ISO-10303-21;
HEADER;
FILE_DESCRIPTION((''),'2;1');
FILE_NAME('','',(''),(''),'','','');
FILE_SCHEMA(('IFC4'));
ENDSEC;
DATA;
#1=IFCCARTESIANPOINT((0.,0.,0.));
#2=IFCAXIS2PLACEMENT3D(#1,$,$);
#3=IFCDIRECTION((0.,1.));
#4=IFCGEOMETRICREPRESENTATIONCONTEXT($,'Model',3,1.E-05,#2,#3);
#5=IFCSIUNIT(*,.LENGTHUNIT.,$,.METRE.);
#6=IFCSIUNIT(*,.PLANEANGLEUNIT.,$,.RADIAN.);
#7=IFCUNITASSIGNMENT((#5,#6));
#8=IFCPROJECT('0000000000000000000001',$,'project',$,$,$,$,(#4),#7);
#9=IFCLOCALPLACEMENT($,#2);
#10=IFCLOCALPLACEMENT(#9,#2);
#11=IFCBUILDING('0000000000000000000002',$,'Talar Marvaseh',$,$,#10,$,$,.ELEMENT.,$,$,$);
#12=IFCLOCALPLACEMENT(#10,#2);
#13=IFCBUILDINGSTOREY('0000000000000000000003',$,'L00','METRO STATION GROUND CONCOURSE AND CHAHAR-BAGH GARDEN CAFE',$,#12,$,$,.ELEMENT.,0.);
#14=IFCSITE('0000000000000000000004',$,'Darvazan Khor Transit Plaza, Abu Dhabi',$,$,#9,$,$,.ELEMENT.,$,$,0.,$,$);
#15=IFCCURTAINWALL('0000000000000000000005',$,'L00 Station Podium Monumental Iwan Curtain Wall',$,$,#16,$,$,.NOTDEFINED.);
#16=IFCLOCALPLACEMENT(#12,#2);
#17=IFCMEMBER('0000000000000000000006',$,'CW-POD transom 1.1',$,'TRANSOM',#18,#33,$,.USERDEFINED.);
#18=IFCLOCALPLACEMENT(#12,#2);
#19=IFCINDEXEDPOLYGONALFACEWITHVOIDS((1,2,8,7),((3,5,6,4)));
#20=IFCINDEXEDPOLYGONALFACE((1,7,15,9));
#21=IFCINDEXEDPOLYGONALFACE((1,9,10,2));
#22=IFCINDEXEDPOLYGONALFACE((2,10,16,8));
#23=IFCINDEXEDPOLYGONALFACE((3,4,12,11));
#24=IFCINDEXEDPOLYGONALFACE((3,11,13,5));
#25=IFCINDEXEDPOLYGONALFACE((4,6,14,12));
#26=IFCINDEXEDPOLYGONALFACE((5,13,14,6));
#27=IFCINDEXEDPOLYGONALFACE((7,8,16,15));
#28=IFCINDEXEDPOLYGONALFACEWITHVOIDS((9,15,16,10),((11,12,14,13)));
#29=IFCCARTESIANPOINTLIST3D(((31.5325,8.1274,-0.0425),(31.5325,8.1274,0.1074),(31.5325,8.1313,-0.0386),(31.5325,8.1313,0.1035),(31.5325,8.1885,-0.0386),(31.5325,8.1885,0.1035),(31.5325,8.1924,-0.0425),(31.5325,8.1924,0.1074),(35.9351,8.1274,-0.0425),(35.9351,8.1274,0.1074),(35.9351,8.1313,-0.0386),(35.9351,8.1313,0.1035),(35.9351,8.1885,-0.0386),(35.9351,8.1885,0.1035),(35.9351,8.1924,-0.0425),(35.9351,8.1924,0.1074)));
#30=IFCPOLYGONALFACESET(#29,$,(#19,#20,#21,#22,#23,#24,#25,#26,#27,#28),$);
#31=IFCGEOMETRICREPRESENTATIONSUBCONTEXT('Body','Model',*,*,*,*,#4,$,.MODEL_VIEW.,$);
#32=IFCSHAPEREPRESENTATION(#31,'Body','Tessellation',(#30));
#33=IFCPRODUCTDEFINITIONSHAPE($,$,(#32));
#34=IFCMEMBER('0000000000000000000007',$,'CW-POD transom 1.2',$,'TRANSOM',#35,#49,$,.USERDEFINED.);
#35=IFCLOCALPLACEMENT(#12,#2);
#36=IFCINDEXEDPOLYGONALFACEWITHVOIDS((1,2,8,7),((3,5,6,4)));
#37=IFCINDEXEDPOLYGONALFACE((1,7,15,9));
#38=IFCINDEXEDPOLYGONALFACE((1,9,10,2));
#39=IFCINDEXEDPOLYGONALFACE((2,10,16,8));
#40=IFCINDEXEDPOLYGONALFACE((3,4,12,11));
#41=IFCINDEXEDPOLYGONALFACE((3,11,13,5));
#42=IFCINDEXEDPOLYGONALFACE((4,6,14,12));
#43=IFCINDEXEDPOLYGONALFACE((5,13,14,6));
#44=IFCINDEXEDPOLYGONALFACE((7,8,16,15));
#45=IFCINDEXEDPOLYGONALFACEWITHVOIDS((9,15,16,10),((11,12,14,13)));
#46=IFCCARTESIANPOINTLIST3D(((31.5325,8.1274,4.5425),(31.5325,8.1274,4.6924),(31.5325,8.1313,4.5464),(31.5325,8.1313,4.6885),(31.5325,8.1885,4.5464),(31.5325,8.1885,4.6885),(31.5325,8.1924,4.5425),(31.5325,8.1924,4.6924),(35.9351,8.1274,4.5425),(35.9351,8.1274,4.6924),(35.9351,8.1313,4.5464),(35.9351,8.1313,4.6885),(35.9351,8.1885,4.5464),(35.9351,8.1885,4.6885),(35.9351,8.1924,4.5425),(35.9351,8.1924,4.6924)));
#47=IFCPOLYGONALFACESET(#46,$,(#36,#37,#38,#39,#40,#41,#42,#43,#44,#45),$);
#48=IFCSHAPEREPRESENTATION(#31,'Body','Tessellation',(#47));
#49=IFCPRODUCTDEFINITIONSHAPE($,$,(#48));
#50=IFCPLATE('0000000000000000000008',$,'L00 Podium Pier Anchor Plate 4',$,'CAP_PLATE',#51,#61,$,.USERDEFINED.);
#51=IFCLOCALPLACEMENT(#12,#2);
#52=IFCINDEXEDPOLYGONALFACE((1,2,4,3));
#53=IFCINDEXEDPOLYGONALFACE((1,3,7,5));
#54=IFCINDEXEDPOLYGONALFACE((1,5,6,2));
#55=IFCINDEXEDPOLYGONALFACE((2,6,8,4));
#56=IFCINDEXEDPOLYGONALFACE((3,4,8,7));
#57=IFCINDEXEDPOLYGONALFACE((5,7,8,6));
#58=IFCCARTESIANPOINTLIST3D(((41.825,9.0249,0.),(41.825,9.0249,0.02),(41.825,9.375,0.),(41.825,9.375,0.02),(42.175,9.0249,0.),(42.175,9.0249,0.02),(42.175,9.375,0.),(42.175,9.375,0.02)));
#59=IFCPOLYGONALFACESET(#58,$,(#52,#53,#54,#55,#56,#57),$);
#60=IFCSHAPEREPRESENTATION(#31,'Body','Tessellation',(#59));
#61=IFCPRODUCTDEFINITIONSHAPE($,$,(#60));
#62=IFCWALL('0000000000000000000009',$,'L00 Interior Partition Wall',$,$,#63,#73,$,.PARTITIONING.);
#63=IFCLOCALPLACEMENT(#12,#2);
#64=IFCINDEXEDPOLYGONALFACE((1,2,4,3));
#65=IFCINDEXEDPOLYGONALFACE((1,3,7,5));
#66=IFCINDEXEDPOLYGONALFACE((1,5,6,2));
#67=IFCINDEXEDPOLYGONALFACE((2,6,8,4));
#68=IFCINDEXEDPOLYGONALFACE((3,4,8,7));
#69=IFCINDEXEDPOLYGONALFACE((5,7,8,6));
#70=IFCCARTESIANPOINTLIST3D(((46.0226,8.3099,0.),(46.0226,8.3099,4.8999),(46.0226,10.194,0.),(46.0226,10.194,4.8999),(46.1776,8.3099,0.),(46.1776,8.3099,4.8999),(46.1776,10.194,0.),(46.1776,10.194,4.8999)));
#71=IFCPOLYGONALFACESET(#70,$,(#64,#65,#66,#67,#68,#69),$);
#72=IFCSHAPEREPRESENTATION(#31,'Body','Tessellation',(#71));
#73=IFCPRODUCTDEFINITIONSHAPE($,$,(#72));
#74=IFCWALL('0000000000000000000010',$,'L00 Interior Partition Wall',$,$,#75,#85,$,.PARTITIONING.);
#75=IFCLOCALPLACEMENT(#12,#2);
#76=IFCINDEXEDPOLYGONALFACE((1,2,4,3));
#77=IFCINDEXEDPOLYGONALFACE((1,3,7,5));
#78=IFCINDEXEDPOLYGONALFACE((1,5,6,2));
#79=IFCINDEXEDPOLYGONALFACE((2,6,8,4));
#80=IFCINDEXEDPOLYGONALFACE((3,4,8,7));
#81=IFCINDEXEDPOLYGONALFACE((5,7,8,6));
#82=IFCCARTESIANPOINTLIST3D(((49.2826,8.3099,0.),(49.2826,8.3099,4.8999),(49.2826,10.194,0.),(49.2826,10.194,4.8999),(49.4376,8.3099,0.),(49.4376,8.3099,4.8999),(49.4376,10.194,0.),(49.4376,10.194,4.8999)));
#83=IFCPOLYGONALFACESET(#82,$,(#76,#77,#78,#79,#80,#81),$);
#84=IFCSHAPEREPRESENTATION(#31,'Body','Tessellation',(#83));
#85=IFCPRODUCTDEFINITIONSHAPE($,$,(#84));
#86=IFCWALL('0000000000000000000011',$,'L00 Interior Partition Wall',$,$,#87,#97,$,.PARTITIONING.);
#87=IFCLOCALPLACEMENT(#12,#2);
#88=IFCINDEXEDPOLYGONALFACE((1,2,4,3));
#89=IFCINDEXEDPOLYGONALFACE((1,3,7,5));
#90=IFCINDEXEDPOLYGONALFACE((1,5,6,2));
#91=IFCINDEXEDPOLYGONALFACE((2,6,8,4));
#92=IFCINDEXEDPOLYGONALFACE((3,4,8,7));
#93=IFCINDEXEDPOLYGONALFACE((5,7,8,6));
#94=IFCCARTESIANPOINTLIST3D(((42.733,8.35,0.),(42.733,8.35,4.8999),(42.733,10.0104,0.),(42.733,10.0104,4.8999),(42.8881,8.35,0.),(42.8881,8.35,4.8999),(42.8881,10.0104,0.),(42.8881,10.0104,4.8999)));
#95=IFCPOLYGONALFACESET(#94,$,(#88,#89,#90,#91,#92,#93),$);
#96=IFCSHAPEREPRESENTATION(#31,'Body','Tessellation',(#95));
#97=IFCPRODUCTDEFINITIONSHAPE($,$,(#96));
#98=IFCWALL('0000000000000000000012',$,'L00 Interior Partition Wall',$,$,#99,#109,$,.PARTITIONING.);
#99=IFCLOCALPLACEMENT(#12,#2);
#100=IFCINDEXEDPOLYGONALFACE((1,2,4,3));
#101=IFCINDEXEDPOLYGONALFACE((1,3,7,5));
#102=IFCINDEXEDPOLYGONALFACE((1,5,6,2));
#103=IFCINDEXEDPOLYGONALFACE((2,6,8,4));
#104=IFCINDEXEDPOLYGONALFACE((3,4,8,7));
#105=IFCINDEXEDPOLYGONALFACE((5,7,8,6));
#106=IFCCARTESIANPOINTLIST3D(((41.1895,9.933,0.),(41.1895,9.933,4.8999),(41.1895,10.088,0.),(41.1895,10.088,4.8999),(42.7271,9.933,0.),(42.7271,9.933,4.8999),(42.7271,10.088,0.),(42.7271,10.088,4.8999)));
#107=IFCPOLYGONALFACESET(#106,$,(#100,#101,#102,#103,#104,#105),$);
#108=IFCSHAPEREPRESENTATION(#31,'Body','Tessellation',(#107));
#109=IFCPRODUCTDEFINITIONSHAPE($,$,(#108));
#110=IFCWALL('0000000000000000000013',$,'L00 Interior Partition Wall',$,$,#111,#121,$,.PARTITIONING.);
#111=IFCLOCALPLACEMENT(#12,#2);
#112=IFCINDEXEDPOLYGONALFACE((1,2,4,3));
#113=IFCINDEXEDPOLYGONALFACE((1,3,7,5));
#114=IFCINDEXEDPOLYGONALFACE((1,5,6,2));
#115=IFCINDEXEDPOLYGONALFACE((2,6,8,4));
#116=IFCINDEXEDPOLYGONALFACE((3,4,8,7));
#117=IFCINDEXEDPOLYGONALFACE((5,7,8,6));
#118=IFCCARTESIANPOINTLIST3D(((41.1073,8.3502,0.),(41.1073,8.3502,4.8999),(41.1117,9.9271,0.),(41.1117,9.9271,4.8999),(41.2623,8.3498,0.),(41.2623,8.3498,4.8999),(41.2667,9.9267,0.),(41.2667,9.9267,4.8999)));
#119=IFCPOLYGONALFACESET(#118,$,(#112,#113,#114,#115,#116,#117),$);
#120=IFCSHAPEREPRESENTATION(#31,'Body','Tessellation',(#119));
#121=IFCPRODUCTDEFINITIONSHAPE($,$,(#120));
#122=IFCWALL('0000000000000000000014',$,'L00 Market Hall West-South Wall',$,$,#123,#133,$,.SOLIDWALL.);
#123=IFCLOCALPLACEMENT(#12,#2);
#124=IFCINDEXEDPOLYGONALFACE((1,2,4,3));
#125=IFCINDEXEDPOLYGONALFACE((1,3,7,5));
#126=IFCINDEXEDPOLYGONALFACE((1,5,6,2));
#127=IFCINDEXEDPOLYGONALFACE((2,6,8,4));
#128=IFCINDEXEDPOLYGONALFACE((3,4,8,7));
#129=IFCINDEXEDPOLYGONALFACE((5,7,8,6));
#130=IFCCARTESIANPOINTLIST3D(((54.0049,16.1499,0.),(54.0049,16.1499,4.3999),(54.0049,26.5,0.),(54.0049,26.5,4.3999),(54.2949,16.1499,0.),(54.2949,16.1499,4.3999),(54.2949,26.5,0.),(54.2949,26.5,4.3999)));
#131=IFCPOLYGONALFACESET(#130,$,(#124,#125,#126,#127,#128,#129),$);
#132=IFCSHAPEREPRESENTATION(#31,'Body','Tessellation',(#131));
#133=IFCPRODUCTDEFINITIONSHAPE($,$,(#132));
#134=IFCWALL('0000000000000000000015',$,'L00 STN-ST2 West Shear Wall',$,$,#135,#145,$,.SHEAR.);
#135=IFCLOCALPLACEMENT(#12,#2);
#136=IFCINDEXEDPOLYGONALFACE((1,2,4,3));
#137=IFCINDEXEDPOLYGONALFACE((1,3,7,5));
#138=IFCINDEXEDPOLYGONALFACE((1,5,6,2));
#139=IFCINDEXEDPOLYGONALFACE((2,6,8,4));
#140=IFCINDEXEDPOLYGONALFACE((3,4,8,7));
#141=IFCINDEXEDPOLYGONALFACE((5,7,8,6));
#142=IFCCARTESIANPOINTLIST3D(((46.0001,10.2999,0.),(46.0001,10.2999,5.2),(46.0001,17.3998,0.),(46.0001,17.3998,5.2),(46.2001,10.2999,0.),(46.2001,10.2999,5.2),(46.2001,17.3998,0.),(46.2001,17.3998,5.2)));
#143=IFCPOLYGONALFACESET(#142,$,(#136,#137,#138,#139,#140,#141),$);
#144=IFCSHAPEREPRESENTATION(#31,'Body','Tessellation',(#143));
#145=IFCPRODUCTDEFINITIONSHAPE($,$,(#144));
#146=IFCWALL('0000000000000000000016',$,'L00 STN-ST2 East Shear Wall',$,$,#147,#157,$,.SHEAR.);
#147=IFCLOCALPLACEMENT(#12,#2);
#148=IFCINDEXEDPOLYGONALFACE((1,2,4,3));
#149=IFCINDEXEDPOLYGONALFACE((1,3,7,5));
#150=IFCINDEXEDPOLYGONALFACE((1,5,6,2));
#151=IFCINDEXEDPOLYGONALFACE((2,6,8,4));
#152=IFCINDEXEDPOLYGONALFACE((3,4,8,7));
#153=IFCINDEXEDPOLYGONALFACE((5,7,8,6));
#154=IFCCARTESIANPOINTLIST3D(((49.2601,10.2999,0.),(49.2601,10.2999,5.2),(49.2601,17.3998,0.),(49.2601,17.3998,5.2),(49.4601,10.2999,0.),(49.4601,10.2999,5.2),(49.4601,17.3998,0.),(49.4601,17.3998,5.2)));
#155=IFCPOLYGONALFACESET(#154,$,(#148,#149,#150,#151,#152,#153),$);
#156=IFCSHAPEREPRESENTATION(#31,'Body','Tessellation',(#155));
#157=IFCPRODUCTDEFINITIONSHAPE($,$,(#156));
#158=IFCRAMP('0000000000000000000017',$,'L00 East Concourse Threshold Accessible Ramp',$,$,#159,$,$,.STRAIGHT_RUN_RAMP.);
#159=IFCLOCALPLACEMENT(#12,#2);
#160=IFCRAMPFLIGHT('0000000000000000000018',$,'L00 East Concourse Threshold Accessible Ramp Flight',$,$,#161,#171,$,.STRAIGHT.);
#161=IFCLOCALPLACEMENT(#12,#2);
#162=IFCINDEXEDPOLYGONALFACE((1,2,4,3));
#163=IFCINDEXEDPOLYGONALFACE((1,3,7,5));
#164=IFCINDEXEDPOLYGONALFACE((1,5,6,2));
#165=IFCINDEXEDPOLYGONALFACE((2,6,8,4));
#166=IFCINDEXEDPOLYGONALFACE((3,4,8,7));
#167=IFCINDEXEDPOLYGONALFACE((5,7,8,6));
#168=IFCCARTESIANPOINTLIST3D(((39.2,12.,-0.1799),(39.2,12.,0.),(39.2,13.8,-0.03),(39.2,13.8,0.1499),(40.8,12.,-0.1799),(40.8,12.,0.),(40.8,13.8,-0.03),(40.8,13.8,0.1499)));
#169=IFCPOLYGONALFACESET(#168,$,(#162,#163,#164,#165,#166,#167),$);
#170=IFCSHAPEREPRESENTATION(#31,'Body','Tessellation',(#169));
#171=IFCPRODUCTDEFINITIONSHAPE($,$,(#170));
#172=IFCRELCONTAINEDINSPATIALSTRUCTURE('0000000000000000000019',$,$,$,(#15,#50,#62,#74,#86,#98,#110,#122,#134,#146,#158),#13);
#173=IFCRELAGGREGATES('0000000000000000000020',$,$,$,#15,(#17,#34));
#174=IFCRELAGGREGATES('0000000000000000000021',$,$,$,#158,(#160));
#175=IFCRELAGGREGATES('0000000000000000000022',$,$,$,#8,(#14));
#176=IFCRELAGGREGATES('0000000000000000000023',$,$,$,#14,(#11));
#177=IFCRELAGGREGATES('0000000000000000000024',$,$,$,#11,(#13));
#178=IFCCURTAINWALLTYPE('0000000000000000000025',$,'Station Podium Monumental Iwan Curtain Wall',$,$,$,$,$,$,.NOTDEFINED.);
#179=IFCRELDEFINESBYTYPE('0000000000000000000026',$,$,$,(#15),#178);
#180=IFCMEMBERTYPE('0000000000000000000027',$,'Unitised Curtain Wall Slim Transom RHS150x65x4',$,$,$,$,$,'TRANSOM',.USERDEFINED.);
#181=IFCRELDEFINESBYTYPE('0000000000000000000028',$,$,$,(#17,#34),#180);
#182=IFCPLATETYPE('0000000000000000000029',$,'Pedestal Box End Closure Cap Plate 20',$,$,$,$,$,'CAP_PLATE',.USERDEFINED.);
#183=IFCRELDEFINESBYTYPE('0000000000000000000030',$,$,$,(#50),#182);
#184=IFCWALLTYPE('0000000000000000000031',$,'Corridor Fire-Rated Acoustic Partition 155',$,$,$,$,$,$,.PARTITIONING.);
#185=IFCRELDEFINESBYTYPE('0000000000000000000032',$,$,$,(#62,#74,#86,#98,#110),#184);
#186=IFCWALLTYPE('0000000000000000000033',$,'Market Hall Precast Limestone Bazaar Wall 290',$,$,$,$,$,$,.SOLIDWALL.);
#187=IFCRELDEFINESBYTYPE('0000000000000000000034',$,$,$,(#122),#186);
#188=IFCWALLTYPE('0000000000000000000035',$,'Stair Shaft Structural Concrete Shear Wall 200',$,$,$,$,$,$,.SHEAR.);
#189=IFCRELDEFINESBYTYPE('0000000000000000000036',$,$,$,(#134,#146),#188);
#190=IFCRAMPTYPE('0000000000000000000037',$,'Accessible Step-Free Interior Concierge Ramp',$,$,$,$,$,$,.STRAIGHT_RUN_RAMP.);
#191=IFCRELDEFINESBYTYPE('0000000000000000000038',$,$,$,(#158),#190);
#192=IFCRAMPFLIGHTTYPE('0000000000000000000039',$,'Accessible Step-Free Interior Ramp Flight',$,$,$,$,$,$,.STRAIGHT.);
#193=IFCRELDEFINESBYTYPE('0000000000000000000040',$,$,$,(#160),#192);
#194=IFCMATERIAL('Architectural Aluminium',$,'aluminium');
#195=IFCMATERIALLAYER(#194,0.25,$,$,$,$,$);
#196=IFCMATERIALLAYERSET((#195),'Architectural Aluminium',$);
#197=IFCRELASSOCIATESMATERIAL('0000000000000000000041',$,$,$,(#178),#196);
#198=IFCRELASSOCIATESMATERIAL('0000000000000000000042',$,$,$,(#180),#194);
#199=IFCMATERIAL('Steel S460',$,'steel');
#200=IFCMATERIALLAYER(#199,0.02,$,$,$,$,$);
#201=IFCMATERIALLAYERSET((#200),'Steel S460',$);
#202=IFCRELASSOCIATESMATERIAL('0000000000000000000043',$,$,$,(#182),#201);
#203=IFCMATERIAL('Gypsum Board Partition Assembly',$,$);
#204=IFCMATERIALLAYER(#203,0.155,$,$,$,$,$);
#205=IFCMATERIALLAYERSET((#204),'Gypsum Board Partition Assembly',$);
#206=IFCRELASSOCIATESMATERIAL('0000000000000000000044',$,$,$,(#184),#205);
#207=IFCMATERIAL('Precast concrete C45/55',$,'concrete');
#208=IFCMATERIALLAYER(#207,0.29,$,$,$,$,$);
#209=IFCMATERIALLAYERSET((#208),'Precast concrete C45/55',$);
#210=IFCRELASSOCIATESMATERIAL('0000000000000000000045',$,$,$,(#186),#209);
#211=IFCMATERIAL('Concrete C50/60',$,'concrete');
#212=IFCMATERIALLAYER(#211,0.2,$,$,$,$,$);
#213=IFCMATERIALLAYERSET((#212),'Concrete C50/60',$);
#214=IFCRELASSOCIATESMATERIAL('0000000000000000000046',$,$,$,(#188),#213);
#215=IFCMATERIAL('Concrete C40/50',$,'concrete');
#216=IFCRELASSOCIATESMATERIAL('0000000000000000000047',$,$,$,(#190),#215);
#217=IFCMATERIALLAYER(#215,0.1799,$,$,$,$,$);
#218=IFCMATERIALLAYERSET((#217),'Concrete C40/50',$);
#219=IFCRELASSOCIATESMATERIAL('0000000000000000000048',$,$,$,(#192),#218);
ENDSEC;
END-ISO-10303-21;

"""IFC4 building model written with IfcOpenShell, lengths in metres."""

from ifc_helpers import new_model, si_unit, direction, frame, frame_2d, origin, origin_2d, place, context, subcontext, project, spatial, polyline, rectangle, hollow_rectangle, outline, extrude, source, transform, mapped, material, layer, layer_set, material_profile, profile_set, type_object, type_shapes, element, aggregate, save


model = new_model("IFC4")

# Units and contexts
model_context = context("Model", 3, precision=1e-05, world=origin(), true_north=direction((0.0, 1.0)))
body_context = subcontext(model_context, "Body", "Model", "MODEL_VIEW")
ifc_project = project(units=[si_unit("LENGTHUNIT", "METRE"), si_unit("PLANEANGLEUNIT", "RADIAN")], contexts=[model_context])

# Site, building, storey
site_placement = place(None, origin())
site = spatial("IfcSite", under=ifc_project, at=site_placement, Name="Darvazan Khor Transit Plaza, Abu Dhabi", CompositionType="ELEMENT", RefElevation=0.0)
building_placement = place(site_placement, origin())
building = spatial("IfcBuilding", under=site, at=building_placement, Name="Talar Marvaseh", CompositionType="ELEMENT")
storey_placement = place(building_placement, origin())
storey = spatial("IfcBuildingStorey", under=building, at=storey_placement, Name="L00", Description="METRO STATION GROUND CONCOURSE AND CHAHAR-BAGH GARDEN CAFE", CompositionType="ELEMENT", Elevation=0.0)

# Shared definitions
ifc_material_1 = material(Name="Concrete C40/50", Category="concrete")

# Shared definitions
ifc_material_2 = material(Name="Steel S460", Category="steel")

# Curtain wall, members
ifc_material_3 = material(Name="Architectural Aluminium", Category="aluminium")
ifc_layer_1 = layer(ifc_material_3, 0.25)
ifc_layer_set_1 = layer_set([ifc_layer_1], Name="Architectural Aluminium")
curtain_wall_type = type_object("IfcCurtainWallType", Name="Station Podium Monumental Iwan Curtain Wall", PredefinedType="NOTDEFINED", material=ifc_layer_set_1)
curtain_wall_placement = place(storey_placement, origin())
curtain_wall = element("IfcCurtainWall", 1, at=curtain_wall_placement, inside=storey, type_object=curtain_wall_type, Name="L00 Station Podium Monumental Iwan Curtain Wall", PredefinedType="NOTDEFINED")
ifc_material_profile_1 = material_profile(ifc_material_3, hollow_rectangle(XDim=0.0649, YDim=0.1499, WallThickness=0.0039, at=origin_2d()), Name="RHS150x65x4")
ifc_profile_set_1 = profile_set([ifc_material_profile_1], Name="Architectural Aluminium")
member_type_1 = type_object("IfcMemberType", Name="Unitised Curtain Wall Slim Transom RHS150x65x4", ElementType="TRANSOM", PredefinedType="USERDEFINED", material=ifc_profile_set_1)
shared_shape_1 = source(origin(), body_context, "Body", "SweptSolid", [
    extrude(hollow_rectangle(XDim=0.0649, YDim=0.1499, WallThickness=0.0039, at=origin_2d()), origin(), (0.0, 0.0, 1.0), 4.4026),
])
type_shapes(member_type_1, [shared_shape_1])
member_1_placement = place(storey_placement, frame((35.9351, 8.1599, 0.0325), z_axis=(-1.0, 0.0, 0.0), x_axis=(0.0, -1.0, 0.0)))
member_1 = element("IfcMember", 2, at=member_1_placement, type_object=member_type_1, Name="CW-POD transom 1.1", ObjectType="TRANSOM", PredefinedType="USERDEFINED", context=body_context, shape_type="MappedRepresentation", body=[
    mapped(shared_shape_1, transform((0.0, 0.0, 0.0), x_axis=(1.0, 0.0, 0.0), y_axis=(0.0, 1.0, 0.0), z_axis=(0.0, 0.0, 1.0), scale=1.0)),
])
member_2_placement = place(storey_placement, frame((35.9351, 8.1599, 4.6174), z_axis=(-1.0, 0.0, 0.0), x_axis=(0.0, -1.0, 0.0)))
member_2 = element("IfcMember", 3, at=member_2_placement, type_object=member_type_1, Name="CW-POD transom 1.2", ObjectType="TRANSOM", PredefinedType="USERDEFINED", context=body_context, shape_type="MappedRepresentation", body=[
    mapped(shared_shape_1, transform((0.0, 0.0, 0.0), x_axis=(1.0, 0.0, 0.0), y_axis=(0.0, 1.0, 0.0), z_axis=(0.0, 0.0, 1.0), scale=1.0)),
])
aggregate(curtain_wall, [member_1, member_2])

# Plate
ifc_layer_2 = layer(ifc_material_2, 0.02)
ifc_layer_set_2 = layer_set([ifc_layer_2], Name="Steel S460")
plate_type = type_object("IfcPlateType", Name="Pedestal Box End Closure Cap Plate 20", ElementType="CAP_PLATE", PredefinedType="USERDEFINED", material=ifc_layer_set_2)
shared_shape_2 = source(origin(), body_context, "Body", "SweptSolid", [
    extrude(rectangle(XDim=0.3501, YDim=0.3501, at=origin_2d()), origin(), (0.0, 0.0, 1.0), 0.02),
])
type_shapes(plate_type, [shared_shape_2])
plate_placement = place(storey_placement, frame((42.0, 9.2, 0.0), z_axis=(0.0, 0.0, 1.0), x_axis=(1.0, 0.0, 0.0)))
element("IfcPlate", 4, at=plate_placement, inside=storey, type_object=plate_type, Name="L00 Podium Pier Anchor Plate 4", ObjectType="CAP_PLATE", PredefinedType="USERDEFINED", context=body_context, shape_type="MappedRepresentation", body=[
    mapped(shared_shape_2, transform((0.0, 0.0, 0.0), x_axis=(1.0, 0.0, 0.0), y_axis=(0.0, 1.0, 0.0), z_axis=(0.0, 0.0, 1.0), scale=1.0)),
])

# Shared definitions
ifc_material_4 = material(Name="Precast concrete C45/55", Category="concrete")

# Walls
ifc_material_5 = material(Name="Gypsum Board Partition Assembly")
ifc_layer_3 = layer(ifc_material_5, 0.155)
ifc_layer_set_3 = layer_set([ifc_layer_3], Name="Gypsum Board Partition Assembly")
wall_type_1 = type_object("IfcWallType", Name="Corridor Fire-Rated Acoustic Partition 155", PredefinedType="PARTITIONING", material=ifc_layer_set_3)
for number, where, z_axis, x_axis, name in (
    (5, (46.1001, 8.3101, 0.0), (0.0, 0.0, 1.0), (0.0, 1.0, 0.0), "L00 Interior Partition Wall"),
    (6, (49.3601, 8.3101, 0.0), (0.0, 0.0, 1.0), (0.0, 1.0, 0.0), "L00 Interior Partition Wall"),
):
    element("IfcWall", number, at=place(storey_placement, frame(where, z_axis=z_axis, x_axis=x_axis)), inside=storey, type_object=wall_type_1, Name=name, PredefinedType="PARTITIONING", context=body_context, shape_type="SweptSolid", body=[
        extrude(rectangle(XDim=1.884, YDim=0.155, at=frame_2d((0.9419, 0.0))), origin(), (0.0, 0.0, 1.0), 4.8999),
    ])
wall_1_placement = place(storey_placement, frame((42.8105, 8.3501, 0.0), z_axis=(0.0, 0.0, 1.0), x_axis=(0.0, 1.0, 0.0)))
element("IfcWall", 7, at=wall_1_placement, inside=storey, type_object=wall_type_1, Name="L00 Interior Partition Wall", PredefinedType="PARTITIONING", context=body_context, shape_type="SweptSolid", body=[
    extrude(rectangle(XDim=1.6604, YDim=0.155, at=frame_2d((0.8301, 0.0))), origin(), (0.0, 0.0, 1.0), 4.8999),
])
wall_2_placement = place(storey_placement, frame((42.7271, 10.0105, 0.0), z_axis=(0.0, 0.0, 1.0), x_axis=(-1.0, 0.0, 0.0)))
element("IfcWall", 8, at=wall_2_placement, inside=storey, type_object=wall_type_1, Name="L00 Interior Partition Wall", PredefinedType="PARTITIONING", context=body_context, shape_type="SweptSolid", body=[
    extrude(rectangle(XDim=1.5376, YDim=0.155, at=frame_2d((0.7688, 0.0))), origin(), (0.0, 0.0, 1.0), 4.8999),
])
wall_3_placement = place(storey_placement, frame((41.1892, 9.927, 0.0), z_axis=(0.0, 0.0, 1.0), x_axis=(-0.002787, -0.999996, 0.0)))
element("IfcWall", 9, at=wall_3_placement, inside=storey, type_object=wall_type_1, Name="L00 Interior Partition Wall", PredefinedType="PARTITIONING", context=body_context, shape_type="SweptSolid", body=[
    extrude(rectangle(XDim=1.5769, YDim=0.155, at=frame_2d((0.7886, 0.0))), origin(), (0.0, 0.0, 1.0), 4.8999),
])
ifc_layer_4 = layer(ifc_material_4, 0.29)
ifc_layer_set_4 = layer_set([ifc_layer_4], Name="Precast concrete C45/55")
wall_type_2 = type_object("IfcWallType", Name="Market Hall Precast Limestone Bazaar Wall 290", PredefinedType="SOLIDWALL", material=ifc_layer_set_4)
wall_4_placement = place(storey_placement, frame((54.1499, 16.1499, 0.0), z_axis=(0.0, 0.0, 1.0), x_axis=(0.0, 1.0, 0.0)))
element("IfcWall", 10, at=wall_4_placement, inside=storey, type_object=wall_type_2, Name="L00 Market Hall West-South Wall", PredefinedType="SOLIDWALL", context=body_context, shape_type="SweptSolid", body=[
    extrude(rectangle(XDim=10.3501, YDim=0.29, at=frame_2d((5.175, 0.0))), origin(), (0.0, 0.0, 1.0), 4.3999),
])

# Shared definitions
ifc_material_6 = material(Name="Concrete C50/60", Category="concrete")
ifc_layer_5 = layer(ifc_material_6, 0.2)
ifc_layer_set_5 = layer_set([ifc_layer_5], Name="Concrete C50/60")
wall_type_3 = type_object("IfcWallType", Name="Stair Shaft Structural Concrete Shear Wall 200", PredefinedType="SHEAR", material=ifc_layer_set_5)

# Walls
for number, where, z_axis, x_axis, name in (
    (11, (46.1001, 10.3, 0.0), (0.0, 0.0, 1.0), (0.0, 1.0, 0.0), "L00 STN-ST2 West Shear Wall"),
    (12, (49.3601, 10.3, 0.0), (0.0, 0.0, 1.0), (0.0, 1.0, 0.0), "L00 STN-ST2 East Shear Wall"),
):
    element("IfcWall", number, at=place(storey_placement, frame(where, z_axis=z_axis, x_axis=x_axis)), inside=storey, type_object=wall_type_3, Name=name, PredefinedType="SHEAR", context=body_context, shape_type="SweptSolid", body=[
        extrude(rectangle(XDim=7.0999, YDim=0.2, at=frame_2d((3.5498, 0.0))), origin(), (0.0, 0.0, 1.0), 5.2),
    ])

# Ramp, ramp flight
ramp_type = type_object("IfcRampType", Name="Accessible Step-Free Interior Concierge Ramp", PredefinedType="STRAIGHT_RUN_RAMP", material=ifc_material_1)
ramp_placement = place(storey_placement, origin())
ramp = element("IfcRamp", 13, at=ramp_placement, inside=storey, type_object=ramp_type, Name="L00 East Concourse Threshold Accessible Ramp", PredefinedType="STRAIGHT_RUN_RAMP")
ifc_layer_6 = layer(ifc_material_1, 0.1799)
ifc_layer_set_6 = layer_set([ifc_layer_6], Name="Concrete C40/50")
ramp_flight_type = type_object("IfcRampFlightType", Name="Accessible Step-Free Interior Ramp Flight", PredefinedType="STRAIGHT", material=ifc_layer_set_6)
ramp_flight_placement = place(storey_placement, frame((40.0, 12.0, 0.0), z_axis=(0.0, 0.0, 1.0), x_axis=(0.0, 1.0, 0.0)))
ramp_flight = element("IfcRampFlight", 14, at=ramp_flight_placement, type_object=ramp_flight_type, Name="L00 East Concourse Threshold Accessible Ramp Flight", PredefinedType="STRAIGHT", context=body_context, shape_type="SweptSolid", body=[
    extrude(outline(polyline([(0.0, 0.0), (0.0, -0.1799), (1.8, -0.03), (1.8, 0.1499), (0.0, 0.0)])), frame((0.0, 0.8, 0.0), z_axis=(0.0, -1.0, 0.0), x_axis=(1.0, 0.0, 0.0)), (0.0, 0.0, 1.0), 1.6001),
])
aggregate(ramp, [ramp_flight])

save(model, "model.ifc")
